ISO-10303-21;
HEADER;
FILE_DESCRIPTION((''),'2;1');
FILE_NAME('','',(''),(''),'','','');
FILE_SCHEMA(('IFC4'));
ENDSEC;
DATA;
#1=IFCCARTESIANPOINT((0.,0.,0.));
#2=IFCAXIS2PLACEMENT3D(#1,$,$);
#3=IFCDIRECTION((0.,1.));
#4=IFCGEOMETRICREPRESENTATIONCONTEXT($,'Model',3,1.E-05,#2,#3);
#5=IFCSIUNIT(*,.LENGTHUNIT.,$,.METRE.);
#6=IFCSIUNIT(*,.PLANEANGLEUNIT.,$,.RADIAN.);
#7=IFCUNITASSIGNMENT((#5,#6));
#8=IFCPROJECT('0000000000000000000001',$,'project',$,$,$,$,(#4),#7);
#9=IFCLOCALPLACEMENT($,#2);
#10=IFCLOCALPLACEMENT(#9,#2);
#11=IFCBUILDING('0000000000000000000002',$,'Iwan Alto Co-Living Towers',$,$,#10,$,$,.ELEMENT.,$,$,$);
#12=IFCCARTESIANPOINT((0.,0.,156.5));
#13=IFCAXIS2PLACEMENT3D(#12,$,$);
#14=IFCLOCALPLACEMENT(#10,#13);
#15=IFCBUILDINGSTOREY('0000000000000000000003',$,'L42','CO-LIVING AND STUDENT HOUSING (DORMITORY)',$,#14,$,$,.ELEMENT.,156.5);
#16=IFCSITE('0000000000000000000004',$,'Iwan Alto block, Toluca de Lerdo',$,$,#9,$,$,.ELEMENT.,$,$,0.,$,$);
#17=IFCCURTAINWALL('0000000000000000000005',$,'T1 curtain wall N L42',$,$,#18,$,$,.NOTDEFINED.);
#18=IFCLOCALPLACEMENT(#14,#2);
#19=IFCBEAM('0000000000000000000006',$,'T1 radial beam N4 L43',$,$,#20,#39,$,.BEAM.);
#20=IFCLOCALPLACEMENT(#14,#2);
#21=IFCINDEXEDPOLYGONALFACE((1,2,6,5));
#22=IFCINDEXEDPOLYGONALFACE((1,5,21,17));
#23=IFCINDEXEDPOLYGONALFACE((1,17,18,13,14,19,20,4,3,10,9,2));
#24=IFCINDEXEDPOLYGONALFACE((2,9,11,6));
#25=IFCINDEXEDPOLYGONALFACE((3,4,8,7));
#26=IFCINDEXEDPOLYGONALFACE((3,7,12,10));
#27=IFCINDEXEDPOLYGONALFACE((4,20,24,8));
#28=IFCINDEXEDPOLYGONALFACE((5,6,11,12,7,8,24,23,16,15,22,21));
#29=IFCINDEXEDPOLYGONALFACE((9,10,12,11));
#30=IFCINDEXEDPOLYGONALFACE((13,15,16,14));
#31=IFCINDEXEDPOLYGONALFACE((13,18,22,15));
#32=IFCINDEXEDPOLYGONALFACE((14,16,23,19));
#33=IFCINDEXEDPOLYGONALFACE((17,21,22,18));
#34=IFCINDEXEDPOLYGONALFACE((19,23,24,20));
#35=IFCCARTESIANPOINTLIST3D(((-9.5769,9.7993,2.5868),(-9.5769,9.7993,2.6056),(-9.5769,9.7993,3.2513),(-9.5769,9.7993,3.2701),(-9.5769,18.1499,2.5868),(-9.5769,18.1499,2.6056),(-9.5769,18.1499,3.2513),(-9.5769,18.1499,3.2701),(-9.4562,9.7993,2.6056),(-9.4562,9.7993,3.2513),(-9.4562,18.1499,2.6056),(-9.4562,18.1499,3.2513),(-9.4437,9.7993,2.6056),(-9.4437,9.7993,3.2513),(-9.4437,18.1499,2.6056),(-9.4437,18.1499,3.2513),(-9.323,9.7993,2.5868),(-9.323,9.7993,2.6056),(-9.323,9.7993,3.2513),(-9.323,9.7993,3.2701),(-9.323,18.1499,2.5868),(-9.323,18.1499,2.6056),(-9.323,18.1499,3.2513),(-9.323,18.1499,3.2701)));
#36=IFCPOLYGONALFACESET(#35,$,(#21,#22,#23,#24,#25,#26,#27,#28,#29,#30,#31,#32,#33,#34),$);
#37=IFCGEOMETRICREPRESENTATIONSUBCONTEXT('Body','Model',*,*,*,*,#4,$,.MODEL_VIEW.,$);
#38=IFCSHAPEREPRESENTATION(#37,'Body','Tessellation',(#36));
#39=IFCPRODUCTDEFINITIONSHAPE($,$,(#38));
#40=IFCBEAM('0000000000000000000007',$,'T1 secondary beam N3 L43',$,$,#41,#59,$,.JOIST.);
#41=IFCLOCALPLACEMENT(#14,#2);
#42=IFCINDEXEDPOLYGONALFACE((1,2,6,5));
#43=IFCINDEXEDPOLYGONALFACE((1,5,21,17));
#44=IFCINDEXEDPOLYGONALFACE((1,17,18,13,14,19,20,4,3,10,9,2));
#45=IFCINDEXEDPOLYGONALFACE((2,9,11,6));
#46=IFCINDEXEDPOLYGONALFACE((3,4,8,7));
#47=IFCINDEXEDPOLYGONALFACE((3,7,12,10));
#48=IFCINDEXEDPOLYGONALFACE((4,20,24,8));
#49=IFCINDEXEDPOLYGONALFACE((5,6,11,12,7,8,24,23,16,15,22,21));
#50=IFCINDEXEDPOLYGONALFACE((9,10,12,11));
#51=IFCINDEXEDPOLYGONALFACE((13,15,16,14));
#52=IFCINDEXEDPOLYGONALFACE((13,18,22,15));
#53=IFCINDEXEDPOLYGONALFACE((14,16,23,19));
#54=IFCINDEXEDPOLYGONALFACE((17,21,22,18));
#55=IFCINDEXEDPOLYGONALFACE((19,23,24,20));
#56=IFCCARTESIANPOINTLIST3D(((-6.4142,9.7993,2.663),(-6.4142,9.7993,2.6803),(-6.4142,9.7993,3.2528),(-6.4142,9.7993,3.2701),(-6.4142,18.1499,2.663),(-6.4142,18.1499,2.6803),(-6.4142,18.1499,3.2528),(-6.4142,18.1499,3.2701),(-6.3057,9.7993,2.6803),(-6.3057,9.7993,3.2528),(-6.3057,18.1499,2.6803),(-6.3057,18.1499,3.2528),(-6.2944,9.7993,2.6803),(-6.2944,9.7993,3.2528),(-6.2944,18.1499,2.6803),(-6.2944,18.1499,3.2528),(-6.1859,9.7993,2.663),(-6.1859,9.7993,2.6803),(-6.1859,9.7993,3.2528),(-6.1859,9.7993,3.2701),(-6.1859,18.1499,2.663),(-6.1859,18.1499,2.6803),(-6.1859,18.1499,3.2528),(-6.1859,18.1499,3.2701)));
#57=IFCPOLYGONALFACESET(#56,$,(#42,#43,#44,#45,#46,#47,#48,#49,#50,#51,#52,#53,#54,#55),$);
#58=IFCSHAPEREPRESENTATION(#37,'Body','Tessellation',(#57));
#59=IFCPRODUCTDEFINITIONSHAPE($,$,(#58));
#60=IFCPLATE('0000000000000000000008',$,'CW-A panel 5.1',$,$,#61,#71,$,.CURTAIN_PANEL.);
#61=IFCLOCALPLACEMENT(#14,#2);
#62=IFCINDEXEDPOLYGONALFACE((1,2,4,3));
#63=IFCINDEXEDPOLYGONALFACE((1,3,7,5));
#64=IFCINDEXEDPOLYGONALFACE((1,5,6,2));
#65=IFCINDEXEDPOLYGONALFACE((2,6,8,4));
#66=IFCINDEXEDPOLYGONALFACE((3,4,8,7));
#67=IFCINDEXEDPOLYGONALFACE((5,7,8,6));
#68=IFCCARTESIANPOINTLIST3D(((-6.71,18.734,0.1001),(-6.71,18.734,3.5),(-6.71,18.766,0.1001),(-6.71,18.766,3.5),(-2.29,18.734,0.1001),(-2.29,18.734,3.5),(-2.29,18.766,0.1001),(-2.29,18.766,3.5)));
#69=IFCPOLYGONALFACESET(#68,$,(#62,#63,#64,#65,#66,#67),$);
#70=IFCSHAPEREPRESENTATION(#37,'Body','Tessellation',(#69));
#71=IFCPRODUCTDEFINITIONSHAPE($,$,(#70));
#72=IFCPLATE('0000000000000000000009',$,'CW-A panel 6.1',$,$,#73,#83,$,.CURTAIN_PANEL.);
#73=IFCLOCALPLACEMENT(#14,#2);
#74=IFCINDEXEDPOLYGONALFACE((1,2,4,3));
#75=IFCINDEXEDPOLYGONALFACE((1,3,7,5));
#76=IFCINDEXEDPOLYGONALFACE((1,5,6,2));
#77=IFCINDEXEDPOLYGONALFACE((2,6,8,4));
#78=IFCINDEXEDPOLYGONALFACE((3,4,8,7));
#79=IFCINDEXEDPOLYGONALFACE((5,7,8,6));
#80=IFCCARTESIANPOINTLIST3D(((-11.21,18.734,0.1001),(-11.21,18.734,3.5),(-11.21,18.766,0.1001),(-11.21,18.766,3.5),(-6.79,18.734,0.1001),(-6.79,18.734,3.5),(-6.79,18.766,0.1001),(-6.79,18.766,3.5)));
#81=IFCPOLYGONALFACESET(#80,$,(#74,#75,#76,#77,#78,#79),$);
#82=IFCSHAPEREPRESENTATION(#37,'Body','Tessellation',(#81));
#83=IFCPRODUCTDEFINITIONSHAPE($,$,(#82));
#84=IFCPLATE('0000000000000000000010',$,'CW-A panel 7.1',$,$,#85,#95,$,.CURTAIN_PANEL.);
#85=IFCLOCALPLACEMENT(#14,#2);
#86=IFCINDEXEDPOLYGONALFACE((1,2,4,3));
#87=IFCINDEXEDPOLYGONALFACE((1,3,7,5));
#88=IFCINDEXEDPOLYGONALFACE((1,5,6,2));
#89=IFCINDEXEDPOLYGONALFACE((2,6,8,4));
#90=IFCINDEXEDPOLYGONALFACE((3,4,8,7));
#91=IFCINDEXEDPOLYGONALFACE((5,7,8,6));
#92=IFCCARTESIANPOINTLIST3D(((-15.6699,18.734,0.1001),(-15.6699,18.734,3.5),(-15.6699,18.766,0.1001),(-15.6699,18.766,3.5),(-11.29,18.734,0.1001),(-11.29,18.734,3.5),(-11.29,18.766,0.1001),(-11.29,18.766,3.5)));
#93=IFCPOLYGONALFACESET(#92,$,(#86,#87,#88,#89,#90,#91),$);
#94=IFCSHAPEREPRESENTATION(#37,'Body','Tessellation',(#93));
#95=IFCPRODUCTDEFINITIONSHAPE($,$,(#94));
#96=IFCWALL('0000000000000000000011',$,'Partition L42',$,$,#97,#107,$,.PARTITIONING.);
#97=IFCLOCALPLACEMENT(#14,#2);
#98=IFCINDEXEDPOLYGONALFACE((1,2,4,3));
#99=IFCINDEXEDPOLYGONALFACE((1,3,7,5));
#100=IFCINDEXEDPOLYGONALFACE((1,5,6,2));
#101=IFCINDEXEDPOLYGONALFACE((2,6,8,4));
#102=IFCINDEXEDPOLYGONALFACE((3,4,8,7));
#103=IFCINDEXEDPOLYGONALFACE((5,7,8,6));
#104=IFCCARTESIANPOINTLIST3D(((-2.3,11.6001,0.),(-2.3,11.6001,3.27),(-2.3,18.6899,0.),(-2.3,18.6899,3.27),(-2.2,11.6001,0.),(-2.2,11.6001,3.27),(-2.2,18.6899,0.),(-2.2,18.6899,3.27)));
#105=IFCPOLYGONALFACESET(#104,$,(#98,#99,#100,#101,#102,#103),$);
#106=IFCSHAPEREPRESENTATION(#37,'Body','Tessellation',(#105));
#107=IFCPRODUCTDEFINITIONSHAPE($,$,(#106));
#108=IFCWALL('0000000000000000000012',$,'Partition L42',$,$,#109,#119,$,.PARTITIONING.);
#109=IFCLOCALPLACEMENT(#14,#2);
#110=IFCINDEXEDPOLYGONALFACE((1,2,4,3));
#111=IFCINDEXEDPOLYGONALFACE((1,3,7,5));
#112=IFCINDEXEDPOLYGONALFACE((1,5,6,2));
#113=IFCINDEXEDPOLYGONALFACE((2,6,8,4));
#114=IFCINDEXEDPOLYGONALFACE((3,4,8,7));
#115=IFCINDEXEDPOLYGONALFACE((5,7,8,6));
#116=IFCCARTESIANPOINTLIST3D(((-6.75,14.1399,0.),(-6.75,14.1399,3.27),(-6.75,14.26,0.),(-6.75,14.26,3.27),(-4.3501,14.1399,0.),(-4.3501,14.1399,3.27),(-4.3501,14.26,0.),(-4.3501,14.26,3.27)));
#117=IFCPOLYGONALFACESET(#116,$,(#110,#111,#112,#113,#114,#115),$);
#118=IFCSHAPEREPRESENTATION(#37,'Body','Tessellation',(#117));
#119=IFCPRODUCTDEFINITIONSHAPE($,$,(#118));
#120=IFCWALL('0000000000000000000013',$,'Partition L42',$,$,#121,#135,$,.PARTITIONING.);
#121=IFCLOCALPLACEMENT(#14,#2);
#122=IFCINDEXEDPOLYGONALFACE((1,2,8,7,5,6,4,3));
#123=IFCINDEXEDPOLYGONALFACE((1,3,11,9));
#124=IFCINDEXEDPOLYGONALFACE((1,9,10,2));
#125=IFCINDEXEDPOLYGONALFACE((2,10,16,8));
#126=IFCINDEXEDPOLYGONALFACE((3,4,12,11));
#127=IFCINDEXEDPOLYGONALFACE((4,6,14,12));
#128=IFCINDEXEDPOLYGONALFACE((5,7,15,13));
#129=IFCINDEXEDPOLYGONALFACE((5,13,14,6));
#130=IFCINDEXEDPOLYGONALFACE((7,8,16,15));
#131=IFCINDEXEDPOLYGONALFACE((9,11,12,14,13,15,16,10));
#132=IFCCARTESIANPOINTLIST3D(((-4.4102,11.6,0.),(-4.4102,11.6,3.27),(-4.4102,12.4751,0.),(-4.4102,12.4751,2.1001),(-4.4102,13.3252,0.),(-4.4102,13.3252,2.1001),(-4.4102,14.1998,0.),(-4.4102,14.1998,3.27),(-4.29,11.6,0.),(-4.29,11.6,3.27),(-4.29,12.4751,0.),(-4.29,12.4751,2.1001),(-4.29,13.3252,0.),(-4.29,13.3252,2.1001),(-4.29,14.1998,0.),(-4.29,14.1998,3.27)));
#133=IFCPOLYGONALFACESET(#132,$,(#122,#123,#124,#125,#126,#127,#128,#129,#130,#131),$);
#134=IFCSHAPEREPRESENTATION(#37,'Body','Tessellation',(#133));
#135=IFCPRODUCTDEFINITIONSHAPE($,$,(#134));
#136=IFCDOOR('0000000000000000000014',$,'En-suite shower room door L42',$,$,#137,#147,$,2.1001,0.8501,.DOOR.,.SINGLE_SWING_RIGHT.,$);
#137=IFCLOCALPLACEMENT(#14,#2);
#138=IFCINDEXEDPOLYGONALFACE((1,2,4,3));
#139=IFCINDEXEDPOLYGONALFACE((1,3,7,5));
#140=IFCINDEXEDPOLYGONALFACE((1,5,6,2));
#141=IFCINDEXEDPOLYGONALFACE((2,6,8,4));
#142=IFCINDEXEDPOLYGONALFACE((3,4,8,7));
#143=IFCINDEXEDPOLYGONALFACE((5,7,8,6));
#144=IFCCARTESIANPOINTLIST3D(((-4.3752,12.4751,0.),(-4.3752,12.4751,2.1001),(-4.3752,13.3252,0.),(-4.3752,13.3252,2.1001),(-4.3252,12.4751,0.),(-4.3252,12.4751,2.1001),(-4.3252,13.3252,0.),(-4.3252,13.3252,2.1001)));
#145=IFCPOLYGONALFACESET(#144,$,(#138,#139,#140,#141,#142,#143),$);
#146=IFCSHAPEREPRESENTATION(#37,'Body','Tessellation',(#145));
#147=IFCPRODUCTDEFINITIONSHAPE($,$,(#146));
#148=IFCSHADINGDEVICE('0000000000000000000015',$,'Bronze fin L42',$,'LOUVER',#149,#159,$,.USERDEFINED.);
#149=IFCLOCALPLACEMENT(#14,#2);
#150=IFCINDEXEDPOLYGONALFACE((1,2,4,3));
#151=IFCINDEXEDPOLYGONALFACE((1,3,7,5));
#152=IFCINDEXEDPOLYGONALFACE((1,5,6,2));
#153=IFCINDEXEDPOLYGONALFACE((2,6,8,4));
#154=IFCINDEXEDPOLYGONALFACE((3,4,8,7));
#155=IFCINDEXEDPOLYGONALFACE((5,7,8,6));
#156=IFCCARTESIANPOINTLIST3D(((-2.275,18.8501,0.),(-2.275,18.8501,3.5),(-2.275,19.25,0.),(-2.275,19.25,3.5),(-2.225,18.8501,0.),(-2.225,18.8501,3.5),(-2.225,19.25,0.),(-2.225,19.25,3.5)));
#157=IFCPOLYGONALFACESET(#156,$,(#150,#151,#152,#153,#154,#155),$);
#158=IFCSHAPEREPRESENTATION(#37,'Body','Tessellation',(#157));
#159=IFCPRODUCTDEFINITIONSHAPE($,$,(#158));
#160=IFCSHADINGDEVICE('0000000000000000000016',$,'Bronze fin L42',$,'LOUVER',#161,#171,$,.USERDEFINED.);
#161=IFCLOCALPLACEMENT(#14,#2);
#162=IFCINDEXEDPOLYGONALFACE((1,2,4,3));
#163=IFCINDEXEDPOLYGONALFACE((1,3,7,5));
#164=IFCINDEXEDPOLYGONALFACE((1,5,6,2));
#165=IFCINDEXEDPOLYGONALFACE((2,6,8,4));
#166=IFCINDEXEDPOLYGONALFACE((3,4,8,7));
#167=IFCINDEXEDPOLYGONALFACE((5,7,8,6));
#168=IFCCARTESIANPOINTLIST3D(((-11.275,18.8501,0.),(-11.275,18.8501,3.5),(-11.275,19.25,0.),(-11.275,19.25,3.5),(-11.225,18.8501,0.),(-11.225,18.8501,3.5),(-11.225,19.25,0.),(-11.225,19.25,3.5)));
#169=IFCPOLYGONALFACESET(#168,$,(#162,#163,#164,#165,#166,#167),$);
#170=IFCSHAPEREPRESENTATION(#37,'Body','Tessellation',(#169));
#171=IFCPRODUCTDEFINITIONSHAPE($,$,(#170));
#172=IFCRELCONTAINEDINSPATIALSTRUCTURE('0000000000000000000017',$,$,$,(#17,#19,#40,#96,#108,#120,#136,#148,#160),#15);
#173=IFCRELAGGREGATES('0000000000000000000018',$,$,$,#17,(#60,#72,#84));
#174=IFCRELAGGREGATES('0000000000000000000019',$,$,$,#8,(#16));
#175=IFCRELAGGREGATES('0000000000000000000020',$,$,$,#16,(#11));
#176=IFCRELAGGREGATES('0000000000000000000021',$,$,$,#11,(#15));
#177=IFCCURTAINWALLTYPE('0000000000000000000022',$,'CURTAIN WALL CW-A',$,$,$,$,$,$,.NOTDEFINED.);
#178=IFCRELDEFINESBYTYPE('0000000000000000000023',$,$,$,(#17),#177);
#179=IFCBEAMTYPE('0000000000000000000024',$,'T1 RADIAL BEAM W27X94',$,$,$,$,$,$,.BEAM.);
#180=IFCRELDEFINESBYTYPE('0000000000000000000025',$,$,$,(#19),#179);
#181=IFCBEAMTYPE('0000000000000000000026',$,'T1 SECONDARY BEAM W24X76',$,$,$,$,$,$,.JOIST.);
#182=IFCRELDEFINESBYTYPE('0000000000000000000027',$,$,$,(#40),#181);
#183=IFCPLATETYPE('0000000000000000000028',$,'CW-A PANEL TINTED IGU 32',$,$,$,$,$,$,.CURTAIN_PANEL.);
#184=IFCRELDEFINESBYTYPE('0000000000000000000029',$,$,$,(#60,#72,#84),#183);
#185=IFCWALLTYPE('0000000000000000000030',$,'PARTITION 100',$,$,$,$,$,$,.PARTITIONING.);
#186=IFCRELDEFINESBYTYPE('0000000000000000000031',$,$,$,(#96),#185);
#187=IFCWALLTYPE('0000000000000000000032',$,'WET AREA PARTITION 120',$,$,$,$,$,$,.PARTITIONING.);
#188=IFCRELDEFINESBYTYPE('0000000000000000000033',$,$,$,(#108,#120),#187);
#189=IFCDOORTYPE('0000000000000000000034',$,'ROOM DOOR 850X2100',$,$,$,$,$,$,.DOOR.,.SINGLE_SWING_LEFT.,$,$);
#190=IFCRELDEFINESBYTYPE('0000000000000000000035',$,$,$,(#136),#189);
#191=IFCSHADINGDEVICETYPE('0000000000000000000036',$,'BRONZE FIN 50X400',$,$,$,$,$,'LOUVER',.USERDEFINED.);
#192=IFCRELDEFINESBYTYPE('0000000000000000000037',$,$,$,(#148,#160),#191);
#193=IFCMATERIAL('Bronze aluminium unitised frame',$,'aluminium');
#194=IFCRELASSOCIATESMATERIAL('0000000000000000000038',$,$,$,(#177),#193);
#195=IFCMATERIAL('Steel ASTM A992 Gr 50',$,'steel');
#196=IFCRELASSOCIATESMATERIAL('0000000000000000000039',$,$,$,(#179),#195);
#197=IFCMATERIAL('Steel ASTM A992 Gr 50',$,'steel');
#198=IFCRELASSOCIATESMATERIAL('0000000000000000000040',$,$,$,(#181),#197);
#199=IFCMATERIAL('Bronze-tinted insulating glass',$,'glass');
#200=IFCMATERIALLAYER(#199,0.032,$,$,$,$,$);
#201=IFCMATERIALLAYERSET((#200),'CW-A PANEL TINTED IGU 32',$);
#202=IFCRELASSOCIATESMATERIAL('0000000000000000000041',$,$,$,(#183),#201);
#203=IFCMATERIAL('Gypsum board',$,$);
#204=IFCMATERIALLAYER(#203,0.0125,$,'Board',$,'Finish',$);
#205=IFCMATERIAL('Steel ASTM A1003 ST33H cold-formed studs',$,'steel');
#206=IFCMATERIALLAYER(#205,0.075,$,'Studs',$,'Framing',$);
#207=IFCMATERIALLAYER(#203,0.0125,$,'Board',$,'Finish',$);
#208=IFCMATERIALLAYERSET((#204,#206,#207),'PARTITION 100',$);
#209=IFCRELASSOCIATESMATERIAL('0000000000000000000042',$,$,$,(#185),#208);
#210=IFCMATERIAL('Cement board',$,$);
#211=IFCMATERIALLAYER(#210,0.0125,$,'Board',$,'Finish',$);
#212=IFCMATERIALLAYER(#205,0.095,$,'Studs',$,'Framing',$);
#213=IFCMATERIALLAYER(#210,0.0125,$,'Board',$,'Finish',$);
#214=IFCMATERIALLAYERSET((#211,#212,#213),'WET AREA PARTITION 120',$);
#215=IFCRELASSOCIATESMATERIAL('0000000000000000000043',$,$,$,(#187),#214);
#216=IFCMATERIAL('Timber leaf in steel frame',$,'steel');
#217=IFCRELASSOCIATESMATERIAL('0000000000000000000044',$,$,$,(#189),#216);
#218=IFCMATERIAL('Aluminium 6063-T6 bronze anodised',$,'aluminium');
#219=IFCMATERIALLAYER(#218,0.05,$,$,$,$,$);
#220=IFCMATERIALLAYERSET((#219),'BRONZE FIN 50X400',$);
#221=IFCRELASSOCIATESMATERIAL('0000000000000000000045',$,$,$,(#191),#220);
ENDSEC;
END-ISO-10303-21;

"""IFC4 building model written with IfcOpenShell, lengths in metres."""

from ifc_helpers import new_model, si_unit, direction, frame, frame_2d, origin, origin_2d, place, context, subcontext, project, spatial, rectangle, i_section, extrude, material, layer, layer_set, material_profile, profile_set, type_object, element, fill, aggregate, save


model = new_model("IFC4")

# Units and contexts
model_context = context("Model", 3, precision=1e-05, world=origin(), true_north=direction((0.0, 1.0)))
body_context = subcontext(model_context, "Body", "Model", "MODEL_VIEW")
ifc_project = project(units=[si_unit("LENGTHUNIT", "METRE"), si_unit("PLANEANGLEUNIT", "RADIAN")], contexts=[model_context])

# Site, building, storey
site_placement = place(None, origin())
site = spatial("IfcSite", under=ifc_project, at=site_placement, Name="Iwan Alto block, Toluca de Lerdo", CompositionType="ELEMENT", RefElevation=0.0)
building_placement = place(site_placement, origin())
building = spatial("IfcBuilding", under=site, at=building_placement, Name="Iwan Alto Co-Living Towers", CompositionType="ELEMENT")
storey_placement = place(building_placement, frame((0.0, 0.0, 156.5)))
storey = spatial("IfcBuildingStorey", under=building, at=storey_placement, Name="L42", Description="CO-LIVING AND STUDENT HOUSING (DORMITORY)", CompositionType="ELEMENT", Elevation=156.5)

# Curtain wall
ifc_material_1 = material(Name="Bronze aluminium unitised frame", Category="aluminium")
curtain_wall_type = type_object("IfcCurtainWallType", Name="CURTAIN WALL CW-A", PredefinedType="NOTDEFINED", material=ifc_material_1)
curtain_wall_placement = place(storey_placement, origin())
curtain_wall = element("IfcCurtainWall", 1, at=curtain_wall_placement, inside=storey, type_object=curtain_wall_type, Name="T1 curtain wall N L42", PredefinedType="NOTDEFINED")

# Beams
ifc_material_2 = material(Name="Steel ASTM A992 Gr 50", Category="steel")
ifc_material_profile_1 = material_profile(ifc_material_2, i_section(OverallWidth=0.2539, OverallDepth=0.6833, WebThickness=0.0125, FlangeThickness=0.0188, at=origin_2d()), Name="W27X94")
ifc_profile_set_1 = profile_set([ifc_material_profile_1], Name="Steel ASTM A992 Gr 50")
beam_type_1 = type_object("IfcBeamType", Name="T1 RADIAL BEAM W27X94", PredefinedType="BEAM", material=ifc_profile_set_1)
for number, where, z_axis, x_axis, name in (
    (2, (-9.45, 18.1499, 2.9285), (0.0, -1.0, 0.0), (1.0, 0.0, 0.0), "T1 radial beam N4 L43"),
):
    element("IfcBeam", number, at=place(storey_placement, frame(where, z_axis=z_axis, x_axis=x_axis)), inside=storey, type_object=beam_type_1, Name=name, PredefinedType="BEAM", context=body_context, shape_type="SweptSolid", body=[
        extrude(i_section(OverallWidth=0.2539, OverallDepth=0.6833, WebThickness=0.0125, FlangeThickness=0.0188, at=origin_2d()), origin(), (0.0, 0.0, 1.0), 8.3506),
    ])
ifc_material_3 = material(Name="Steel ASTM A992 Gr 50", Category="steel")
ifc_material_profile_2 = material_profile(ifc_material_3, i_section(OverallWidth=0.2283, OverallDepth=0.6072, WebThickness=0.0112, FlangeThickness=0.0173, at=origin_2d()), Name="W24X76")
ifc_profile_set_2 = profile_set([ifc_material_profile_2], Name="Steel ASTM A992 Gr 50")
beam_type_2 = type_object("IfcBeamType", Name="T1 SECONDARY BEAM W24X76", PredefinedType="JOIST", material=ifc_profile_set_2)
beam_1_placement = place(storey_placement, frame((-6.3, 18.1499, 2.9666), z_axis=(0.0, -1.0, 0.0), x_axis=(1.0, 0.0, 0.0)))
element("IfcBeam", 3, at=beam_1_placement, inside=storey, type_object=beam_type_2, Name="T1 secondary beam N3 L43", PredefinedType="JOIST", context=body_context, shape_type="SweptSolid", body=[
    extrude(i_section(OverallWidth=0.2283, OverallDepth=0.6072, WebThickness=0.0112, FlangeThickness=0.0173, at=origin_2d()), origin(), (0.0, 0.0, 1.0), 8.3506),
])

# Plates
ifc_material_4 = material(Name="Bronze-tinted insulating glass", Category="glass")
ifc_layer_1 = layer(ifc_material_4, 0.032)
ifc_layer_set_1 = layer_set([ifc_layer_1], Name="CW-A PANEL TINTED IGU 32")
plate_type = type_object("IfcPlateType", Name="CW-A PANEL TINTED IGU 32", PredefinedType="CURTAIN_PANEL", material=ifc_layer_set_1)
plate_1_placement = place(storey_placement, frame((-4.5, 18.75, 0.1001), z_axis=(0.0, 0.0, 1.0), x_axis=(-1.0, 0.0, 0.0)))
plate_1 = element("IfcPlate", 4, at=plate_1_placement, type_object=plate_type, Name="CW-A panel 5.1", PredefinedType="CURTAIN_PANEL", context=body_context, shape_type="SweptSolid", body=[
    extrude(rectangle(XDim=4.4199, YDim=0.032, at=origin_2d()), origin(), (0.0, 0.0, 1.0), 3.3999),
])
plate_2_placement = place(storey_placement, frame((-9.0, 18.75, 0.1001), z_axis=(0.0, 0.0, 1.0), x_axis=(-1.0, 0.0, 0.0)))
plate_2 = element("IfcPlate", 5, at=plate_2_placement, type_object=plate_type, Name="CW-A panel 6.1", PredefinedType="CURTAIN_PANEL", context=body_context, shape_type="SweptSolid", body=[
    extrude(rectangle(XDim=4.4199, YDim=0.032, at=origin_2d()), origin(), (0.0, 0.0, 1.0), 3.3999),
])
plate_3_placement = place(storey_placement, frame((-13.48, 18.75, 0.1001), z_axis=(0.0, 0.0, 1.0), x_axis=(-1.0, 0.0, 0.0)))
plate_3 = element("IfcPlate", 6, at=plate_3_placement, type_object=plate_type, Name="CW-A panel 7.1", PredefinedType="CURTAIN_PANEL", context=body_context, shape_type="SweptSolid", body=[
    extrude(rectangle(XDim=4.3799, YDim=0.032, at=origin_2d()), origin(), (0.0, 0.0, 1.0), 3.3999),
])
aggregate(curtain_wall, [plate_1, plate_2, plate_3])

# Walls
ifc_material_5 = material(Name="Gypsum board")
ifc_layer_2 = layer(ifc_material_5, 0.0125, Name="Board", Category="Finish")
ifc_material_6 = material(Name="Steel ASTM A1003 ST33H cold-formed studs", Category="steel")
ifc_layer_3 = layer(ifc_material_6, 0.075, Name="Studs", Category="Framing")
ifc_layer_4 = layer(ifc_material_5, 0.0125, Name="Board", Category="Finish")
ifc_layer_set_2 = layer_set([ifc_layer_2, ifc_layer_3, ifc_layer_4], Name="PARTITION 100")
wall_type_1 = type_object("IfcWallType", Name="PARTITION 100", PredefinedType="PARTITIONING", material=ifc_layer_set_2)
wall_1_placement = place(storey_placement, frame((-2.25, 11.6001, 0.0), z_axis=(0.0, 0.0, 1.0), x_axis=(0.0, 1.0, 0.0)))
element("IfcWall", 7, at=wall_1_placement, inside=storey, type_object=wall_type_1, Name="Partition L42", PredefinedType="PARTITIONING", context=body_context, shape_type="SweptSolid", body=[
    extrude(rectangle(XDim=7.0898, YDim=0.1001, at=frame_2d((3.5449, 0.0))), origin(), (0.0, 0.0, 1.0), 3.27),
])
ifc_material_7 = material(Name="Cement board")
ifc_layer_5 = layer(ifc_material_7, 0.0125, Name="Board", Category="Finish")
ifc_layer_6 = layer(ifc_material_6, 0.095, Name="Studs", Category="Framing")
ifc_layer_7 = layer(ifc_material_7, 0.0125, Name="Board", Category="Finish")
ifc_layer_set_3 = layer_set([ifc_layer_5, ifc_layer_6, ifc_layer_7], Name="WET AREA PARTITION 120")
wall_type_2 = type_object("IfcWallType", Name="WET AREA PARTITION 120", PredefinedType="PARTITIONING", material=ifc_layer_set_3)
wall_2_placement = place(storey_placement, frame((-6.75, 14.2, 0.0), z_axis=(0.0, 0.0, 1.0), x_axis=(1.0, 0.0, 0.0)))
element("IfcWall", 8, at=wall_2_placement, inside=storey, type_object=wall_type_2, Name="Partition L42", PredefinedType="PARTITIONING", context=body_context, shape_type="SweptSolid", body=[
    extrude(rectangle(XDim=2.3999, YDim=0.1201, at=frame_2d((1.2, 0.0))), origin(), (0.0, 0.0, 1.0), 3.27),
])

# Wall, opening, door
wall_3_placement = place(storey_placement, frame((-4.3501, 11.6001, 0.0), z_axis=(0.0, 0.0, 1.0), x_axis=(0.0, 1.0, 0.0)))
wall_3 = element("IfcWall", 9, at=wall_3_placement, inside=storey, type_object=wall_type_2, Name="Partition L42", PredefinedType="PARTITIONING", context=body_context, shape_type="SweptSolid", body=[
    extrude(rectangle(XDim=2.5999, YDim=0.1201, at=frame_2d((1.2998, 0.0))), origin(), (0.0, 0.0, 1.0), 3.27),
])
opening_placement = place(wall_3_placement, frame((0.875, 0.0, 0.0)))
opening = element("IfcOpeningElement", 10, at=opening_placement, cuts=wall_3, PredefinedType="OPENING", context=body_context, shape_type="SweptSolid", body=[
    extrude(rectangle(XDim=0.8501, YDim=2.1001, at=frame_2d((0.425, 1.05))), frame((0.0, 0.0701, 0.0), z_axis=(0.0, -1.0, 0.0), x_axis=(1.0, 0.0, 0.0)), (0.0, 0.0, 1.0), 0.1401),
])
ifc_material_8 = material(Name="Timber leaf in steel frame", Category="steel")
door_type = type_object("IfcDoorType", Name="ROOM DOOR 850X2100", OperationType="SINGLE_SWING_LEFT", PredefinedType="DOOR", material=ifc_material_8)
door_placement = place(opening_placement, frame((0.8501, 0.0, 0.0), z_axis=(0.0, 0.0, 1.0), x_axis=(-1.0, 0.0, 0.0)))
door = element("IfcDoor", 11, at=door_placement, inside=storey, type_object=door_type, Name="En-suite shower room door L42", OperationType="SINGLE_SWING_RIGHT", OverallHeight=2.1001, OverallWidth=0.8501, PredefinedType="DOOR", context=body_context, shape_type="SweptSolid", body=[
    extrude(rectangle(XDim=0.8501, YDim=2.1001, at=frame_2d((0.425, 1.05))), frame((0.0, 0.0249, 0.0), z_axis=(0.0, -1.0, 0.0), x_axis=(1.0, 0.0, 0.0)), (0.0, 0.0, 1.0), 0.05),
])
fill(opening, door)

# Shading devices
ifc_material_9 = material(Name="Aluminium 6063-T6 bronze anodised", Category="aluminium")
ifc_layer_8 = layer(ifc_material_9, 0.05)
ifc_layer_set_4 = layer_set([ifc_layer_8], Name="BRONZE FIN 50X400")
shading_device_type = type_object("IfcShadingDeviceType", Name="BRONZE FIN 50X400", ElementType="LOUVER", PredefinedType="USERDEFINED", material=ifc_layer_set_4)
for number, where, z_axis, x_axis, name in (
    (12, (-2.25, 19.05, 0.0), (0.0, 0.0, 1.0), (-1.0, 0.0, 0.0), "Bronze fin L42"),
    (13, (-11.25, 19.05, 0.0), (0.0, 0.0, 1.0), (-1.0, 0.0, 0.0), "Bronze fin L42"),
):
    element("IfcShadingDevice", number, at=place(storey_placement, frame(where, z_axis=z_axis, x_axis=x_axis)), inside=storey, type_object=shading_device_type, Name=name, ObjectType="LOUVER", PredefinedType="USERDEFINED", context=body_context, shape_type="SweptSolid", body=[
        extrude(rectangle(XDim=0.05, YDim=0.3999, at=origin_2d()), origin(), (0.0, 0.0, 1.0), 3.5),
    ])

save(model, "model.ifc")
